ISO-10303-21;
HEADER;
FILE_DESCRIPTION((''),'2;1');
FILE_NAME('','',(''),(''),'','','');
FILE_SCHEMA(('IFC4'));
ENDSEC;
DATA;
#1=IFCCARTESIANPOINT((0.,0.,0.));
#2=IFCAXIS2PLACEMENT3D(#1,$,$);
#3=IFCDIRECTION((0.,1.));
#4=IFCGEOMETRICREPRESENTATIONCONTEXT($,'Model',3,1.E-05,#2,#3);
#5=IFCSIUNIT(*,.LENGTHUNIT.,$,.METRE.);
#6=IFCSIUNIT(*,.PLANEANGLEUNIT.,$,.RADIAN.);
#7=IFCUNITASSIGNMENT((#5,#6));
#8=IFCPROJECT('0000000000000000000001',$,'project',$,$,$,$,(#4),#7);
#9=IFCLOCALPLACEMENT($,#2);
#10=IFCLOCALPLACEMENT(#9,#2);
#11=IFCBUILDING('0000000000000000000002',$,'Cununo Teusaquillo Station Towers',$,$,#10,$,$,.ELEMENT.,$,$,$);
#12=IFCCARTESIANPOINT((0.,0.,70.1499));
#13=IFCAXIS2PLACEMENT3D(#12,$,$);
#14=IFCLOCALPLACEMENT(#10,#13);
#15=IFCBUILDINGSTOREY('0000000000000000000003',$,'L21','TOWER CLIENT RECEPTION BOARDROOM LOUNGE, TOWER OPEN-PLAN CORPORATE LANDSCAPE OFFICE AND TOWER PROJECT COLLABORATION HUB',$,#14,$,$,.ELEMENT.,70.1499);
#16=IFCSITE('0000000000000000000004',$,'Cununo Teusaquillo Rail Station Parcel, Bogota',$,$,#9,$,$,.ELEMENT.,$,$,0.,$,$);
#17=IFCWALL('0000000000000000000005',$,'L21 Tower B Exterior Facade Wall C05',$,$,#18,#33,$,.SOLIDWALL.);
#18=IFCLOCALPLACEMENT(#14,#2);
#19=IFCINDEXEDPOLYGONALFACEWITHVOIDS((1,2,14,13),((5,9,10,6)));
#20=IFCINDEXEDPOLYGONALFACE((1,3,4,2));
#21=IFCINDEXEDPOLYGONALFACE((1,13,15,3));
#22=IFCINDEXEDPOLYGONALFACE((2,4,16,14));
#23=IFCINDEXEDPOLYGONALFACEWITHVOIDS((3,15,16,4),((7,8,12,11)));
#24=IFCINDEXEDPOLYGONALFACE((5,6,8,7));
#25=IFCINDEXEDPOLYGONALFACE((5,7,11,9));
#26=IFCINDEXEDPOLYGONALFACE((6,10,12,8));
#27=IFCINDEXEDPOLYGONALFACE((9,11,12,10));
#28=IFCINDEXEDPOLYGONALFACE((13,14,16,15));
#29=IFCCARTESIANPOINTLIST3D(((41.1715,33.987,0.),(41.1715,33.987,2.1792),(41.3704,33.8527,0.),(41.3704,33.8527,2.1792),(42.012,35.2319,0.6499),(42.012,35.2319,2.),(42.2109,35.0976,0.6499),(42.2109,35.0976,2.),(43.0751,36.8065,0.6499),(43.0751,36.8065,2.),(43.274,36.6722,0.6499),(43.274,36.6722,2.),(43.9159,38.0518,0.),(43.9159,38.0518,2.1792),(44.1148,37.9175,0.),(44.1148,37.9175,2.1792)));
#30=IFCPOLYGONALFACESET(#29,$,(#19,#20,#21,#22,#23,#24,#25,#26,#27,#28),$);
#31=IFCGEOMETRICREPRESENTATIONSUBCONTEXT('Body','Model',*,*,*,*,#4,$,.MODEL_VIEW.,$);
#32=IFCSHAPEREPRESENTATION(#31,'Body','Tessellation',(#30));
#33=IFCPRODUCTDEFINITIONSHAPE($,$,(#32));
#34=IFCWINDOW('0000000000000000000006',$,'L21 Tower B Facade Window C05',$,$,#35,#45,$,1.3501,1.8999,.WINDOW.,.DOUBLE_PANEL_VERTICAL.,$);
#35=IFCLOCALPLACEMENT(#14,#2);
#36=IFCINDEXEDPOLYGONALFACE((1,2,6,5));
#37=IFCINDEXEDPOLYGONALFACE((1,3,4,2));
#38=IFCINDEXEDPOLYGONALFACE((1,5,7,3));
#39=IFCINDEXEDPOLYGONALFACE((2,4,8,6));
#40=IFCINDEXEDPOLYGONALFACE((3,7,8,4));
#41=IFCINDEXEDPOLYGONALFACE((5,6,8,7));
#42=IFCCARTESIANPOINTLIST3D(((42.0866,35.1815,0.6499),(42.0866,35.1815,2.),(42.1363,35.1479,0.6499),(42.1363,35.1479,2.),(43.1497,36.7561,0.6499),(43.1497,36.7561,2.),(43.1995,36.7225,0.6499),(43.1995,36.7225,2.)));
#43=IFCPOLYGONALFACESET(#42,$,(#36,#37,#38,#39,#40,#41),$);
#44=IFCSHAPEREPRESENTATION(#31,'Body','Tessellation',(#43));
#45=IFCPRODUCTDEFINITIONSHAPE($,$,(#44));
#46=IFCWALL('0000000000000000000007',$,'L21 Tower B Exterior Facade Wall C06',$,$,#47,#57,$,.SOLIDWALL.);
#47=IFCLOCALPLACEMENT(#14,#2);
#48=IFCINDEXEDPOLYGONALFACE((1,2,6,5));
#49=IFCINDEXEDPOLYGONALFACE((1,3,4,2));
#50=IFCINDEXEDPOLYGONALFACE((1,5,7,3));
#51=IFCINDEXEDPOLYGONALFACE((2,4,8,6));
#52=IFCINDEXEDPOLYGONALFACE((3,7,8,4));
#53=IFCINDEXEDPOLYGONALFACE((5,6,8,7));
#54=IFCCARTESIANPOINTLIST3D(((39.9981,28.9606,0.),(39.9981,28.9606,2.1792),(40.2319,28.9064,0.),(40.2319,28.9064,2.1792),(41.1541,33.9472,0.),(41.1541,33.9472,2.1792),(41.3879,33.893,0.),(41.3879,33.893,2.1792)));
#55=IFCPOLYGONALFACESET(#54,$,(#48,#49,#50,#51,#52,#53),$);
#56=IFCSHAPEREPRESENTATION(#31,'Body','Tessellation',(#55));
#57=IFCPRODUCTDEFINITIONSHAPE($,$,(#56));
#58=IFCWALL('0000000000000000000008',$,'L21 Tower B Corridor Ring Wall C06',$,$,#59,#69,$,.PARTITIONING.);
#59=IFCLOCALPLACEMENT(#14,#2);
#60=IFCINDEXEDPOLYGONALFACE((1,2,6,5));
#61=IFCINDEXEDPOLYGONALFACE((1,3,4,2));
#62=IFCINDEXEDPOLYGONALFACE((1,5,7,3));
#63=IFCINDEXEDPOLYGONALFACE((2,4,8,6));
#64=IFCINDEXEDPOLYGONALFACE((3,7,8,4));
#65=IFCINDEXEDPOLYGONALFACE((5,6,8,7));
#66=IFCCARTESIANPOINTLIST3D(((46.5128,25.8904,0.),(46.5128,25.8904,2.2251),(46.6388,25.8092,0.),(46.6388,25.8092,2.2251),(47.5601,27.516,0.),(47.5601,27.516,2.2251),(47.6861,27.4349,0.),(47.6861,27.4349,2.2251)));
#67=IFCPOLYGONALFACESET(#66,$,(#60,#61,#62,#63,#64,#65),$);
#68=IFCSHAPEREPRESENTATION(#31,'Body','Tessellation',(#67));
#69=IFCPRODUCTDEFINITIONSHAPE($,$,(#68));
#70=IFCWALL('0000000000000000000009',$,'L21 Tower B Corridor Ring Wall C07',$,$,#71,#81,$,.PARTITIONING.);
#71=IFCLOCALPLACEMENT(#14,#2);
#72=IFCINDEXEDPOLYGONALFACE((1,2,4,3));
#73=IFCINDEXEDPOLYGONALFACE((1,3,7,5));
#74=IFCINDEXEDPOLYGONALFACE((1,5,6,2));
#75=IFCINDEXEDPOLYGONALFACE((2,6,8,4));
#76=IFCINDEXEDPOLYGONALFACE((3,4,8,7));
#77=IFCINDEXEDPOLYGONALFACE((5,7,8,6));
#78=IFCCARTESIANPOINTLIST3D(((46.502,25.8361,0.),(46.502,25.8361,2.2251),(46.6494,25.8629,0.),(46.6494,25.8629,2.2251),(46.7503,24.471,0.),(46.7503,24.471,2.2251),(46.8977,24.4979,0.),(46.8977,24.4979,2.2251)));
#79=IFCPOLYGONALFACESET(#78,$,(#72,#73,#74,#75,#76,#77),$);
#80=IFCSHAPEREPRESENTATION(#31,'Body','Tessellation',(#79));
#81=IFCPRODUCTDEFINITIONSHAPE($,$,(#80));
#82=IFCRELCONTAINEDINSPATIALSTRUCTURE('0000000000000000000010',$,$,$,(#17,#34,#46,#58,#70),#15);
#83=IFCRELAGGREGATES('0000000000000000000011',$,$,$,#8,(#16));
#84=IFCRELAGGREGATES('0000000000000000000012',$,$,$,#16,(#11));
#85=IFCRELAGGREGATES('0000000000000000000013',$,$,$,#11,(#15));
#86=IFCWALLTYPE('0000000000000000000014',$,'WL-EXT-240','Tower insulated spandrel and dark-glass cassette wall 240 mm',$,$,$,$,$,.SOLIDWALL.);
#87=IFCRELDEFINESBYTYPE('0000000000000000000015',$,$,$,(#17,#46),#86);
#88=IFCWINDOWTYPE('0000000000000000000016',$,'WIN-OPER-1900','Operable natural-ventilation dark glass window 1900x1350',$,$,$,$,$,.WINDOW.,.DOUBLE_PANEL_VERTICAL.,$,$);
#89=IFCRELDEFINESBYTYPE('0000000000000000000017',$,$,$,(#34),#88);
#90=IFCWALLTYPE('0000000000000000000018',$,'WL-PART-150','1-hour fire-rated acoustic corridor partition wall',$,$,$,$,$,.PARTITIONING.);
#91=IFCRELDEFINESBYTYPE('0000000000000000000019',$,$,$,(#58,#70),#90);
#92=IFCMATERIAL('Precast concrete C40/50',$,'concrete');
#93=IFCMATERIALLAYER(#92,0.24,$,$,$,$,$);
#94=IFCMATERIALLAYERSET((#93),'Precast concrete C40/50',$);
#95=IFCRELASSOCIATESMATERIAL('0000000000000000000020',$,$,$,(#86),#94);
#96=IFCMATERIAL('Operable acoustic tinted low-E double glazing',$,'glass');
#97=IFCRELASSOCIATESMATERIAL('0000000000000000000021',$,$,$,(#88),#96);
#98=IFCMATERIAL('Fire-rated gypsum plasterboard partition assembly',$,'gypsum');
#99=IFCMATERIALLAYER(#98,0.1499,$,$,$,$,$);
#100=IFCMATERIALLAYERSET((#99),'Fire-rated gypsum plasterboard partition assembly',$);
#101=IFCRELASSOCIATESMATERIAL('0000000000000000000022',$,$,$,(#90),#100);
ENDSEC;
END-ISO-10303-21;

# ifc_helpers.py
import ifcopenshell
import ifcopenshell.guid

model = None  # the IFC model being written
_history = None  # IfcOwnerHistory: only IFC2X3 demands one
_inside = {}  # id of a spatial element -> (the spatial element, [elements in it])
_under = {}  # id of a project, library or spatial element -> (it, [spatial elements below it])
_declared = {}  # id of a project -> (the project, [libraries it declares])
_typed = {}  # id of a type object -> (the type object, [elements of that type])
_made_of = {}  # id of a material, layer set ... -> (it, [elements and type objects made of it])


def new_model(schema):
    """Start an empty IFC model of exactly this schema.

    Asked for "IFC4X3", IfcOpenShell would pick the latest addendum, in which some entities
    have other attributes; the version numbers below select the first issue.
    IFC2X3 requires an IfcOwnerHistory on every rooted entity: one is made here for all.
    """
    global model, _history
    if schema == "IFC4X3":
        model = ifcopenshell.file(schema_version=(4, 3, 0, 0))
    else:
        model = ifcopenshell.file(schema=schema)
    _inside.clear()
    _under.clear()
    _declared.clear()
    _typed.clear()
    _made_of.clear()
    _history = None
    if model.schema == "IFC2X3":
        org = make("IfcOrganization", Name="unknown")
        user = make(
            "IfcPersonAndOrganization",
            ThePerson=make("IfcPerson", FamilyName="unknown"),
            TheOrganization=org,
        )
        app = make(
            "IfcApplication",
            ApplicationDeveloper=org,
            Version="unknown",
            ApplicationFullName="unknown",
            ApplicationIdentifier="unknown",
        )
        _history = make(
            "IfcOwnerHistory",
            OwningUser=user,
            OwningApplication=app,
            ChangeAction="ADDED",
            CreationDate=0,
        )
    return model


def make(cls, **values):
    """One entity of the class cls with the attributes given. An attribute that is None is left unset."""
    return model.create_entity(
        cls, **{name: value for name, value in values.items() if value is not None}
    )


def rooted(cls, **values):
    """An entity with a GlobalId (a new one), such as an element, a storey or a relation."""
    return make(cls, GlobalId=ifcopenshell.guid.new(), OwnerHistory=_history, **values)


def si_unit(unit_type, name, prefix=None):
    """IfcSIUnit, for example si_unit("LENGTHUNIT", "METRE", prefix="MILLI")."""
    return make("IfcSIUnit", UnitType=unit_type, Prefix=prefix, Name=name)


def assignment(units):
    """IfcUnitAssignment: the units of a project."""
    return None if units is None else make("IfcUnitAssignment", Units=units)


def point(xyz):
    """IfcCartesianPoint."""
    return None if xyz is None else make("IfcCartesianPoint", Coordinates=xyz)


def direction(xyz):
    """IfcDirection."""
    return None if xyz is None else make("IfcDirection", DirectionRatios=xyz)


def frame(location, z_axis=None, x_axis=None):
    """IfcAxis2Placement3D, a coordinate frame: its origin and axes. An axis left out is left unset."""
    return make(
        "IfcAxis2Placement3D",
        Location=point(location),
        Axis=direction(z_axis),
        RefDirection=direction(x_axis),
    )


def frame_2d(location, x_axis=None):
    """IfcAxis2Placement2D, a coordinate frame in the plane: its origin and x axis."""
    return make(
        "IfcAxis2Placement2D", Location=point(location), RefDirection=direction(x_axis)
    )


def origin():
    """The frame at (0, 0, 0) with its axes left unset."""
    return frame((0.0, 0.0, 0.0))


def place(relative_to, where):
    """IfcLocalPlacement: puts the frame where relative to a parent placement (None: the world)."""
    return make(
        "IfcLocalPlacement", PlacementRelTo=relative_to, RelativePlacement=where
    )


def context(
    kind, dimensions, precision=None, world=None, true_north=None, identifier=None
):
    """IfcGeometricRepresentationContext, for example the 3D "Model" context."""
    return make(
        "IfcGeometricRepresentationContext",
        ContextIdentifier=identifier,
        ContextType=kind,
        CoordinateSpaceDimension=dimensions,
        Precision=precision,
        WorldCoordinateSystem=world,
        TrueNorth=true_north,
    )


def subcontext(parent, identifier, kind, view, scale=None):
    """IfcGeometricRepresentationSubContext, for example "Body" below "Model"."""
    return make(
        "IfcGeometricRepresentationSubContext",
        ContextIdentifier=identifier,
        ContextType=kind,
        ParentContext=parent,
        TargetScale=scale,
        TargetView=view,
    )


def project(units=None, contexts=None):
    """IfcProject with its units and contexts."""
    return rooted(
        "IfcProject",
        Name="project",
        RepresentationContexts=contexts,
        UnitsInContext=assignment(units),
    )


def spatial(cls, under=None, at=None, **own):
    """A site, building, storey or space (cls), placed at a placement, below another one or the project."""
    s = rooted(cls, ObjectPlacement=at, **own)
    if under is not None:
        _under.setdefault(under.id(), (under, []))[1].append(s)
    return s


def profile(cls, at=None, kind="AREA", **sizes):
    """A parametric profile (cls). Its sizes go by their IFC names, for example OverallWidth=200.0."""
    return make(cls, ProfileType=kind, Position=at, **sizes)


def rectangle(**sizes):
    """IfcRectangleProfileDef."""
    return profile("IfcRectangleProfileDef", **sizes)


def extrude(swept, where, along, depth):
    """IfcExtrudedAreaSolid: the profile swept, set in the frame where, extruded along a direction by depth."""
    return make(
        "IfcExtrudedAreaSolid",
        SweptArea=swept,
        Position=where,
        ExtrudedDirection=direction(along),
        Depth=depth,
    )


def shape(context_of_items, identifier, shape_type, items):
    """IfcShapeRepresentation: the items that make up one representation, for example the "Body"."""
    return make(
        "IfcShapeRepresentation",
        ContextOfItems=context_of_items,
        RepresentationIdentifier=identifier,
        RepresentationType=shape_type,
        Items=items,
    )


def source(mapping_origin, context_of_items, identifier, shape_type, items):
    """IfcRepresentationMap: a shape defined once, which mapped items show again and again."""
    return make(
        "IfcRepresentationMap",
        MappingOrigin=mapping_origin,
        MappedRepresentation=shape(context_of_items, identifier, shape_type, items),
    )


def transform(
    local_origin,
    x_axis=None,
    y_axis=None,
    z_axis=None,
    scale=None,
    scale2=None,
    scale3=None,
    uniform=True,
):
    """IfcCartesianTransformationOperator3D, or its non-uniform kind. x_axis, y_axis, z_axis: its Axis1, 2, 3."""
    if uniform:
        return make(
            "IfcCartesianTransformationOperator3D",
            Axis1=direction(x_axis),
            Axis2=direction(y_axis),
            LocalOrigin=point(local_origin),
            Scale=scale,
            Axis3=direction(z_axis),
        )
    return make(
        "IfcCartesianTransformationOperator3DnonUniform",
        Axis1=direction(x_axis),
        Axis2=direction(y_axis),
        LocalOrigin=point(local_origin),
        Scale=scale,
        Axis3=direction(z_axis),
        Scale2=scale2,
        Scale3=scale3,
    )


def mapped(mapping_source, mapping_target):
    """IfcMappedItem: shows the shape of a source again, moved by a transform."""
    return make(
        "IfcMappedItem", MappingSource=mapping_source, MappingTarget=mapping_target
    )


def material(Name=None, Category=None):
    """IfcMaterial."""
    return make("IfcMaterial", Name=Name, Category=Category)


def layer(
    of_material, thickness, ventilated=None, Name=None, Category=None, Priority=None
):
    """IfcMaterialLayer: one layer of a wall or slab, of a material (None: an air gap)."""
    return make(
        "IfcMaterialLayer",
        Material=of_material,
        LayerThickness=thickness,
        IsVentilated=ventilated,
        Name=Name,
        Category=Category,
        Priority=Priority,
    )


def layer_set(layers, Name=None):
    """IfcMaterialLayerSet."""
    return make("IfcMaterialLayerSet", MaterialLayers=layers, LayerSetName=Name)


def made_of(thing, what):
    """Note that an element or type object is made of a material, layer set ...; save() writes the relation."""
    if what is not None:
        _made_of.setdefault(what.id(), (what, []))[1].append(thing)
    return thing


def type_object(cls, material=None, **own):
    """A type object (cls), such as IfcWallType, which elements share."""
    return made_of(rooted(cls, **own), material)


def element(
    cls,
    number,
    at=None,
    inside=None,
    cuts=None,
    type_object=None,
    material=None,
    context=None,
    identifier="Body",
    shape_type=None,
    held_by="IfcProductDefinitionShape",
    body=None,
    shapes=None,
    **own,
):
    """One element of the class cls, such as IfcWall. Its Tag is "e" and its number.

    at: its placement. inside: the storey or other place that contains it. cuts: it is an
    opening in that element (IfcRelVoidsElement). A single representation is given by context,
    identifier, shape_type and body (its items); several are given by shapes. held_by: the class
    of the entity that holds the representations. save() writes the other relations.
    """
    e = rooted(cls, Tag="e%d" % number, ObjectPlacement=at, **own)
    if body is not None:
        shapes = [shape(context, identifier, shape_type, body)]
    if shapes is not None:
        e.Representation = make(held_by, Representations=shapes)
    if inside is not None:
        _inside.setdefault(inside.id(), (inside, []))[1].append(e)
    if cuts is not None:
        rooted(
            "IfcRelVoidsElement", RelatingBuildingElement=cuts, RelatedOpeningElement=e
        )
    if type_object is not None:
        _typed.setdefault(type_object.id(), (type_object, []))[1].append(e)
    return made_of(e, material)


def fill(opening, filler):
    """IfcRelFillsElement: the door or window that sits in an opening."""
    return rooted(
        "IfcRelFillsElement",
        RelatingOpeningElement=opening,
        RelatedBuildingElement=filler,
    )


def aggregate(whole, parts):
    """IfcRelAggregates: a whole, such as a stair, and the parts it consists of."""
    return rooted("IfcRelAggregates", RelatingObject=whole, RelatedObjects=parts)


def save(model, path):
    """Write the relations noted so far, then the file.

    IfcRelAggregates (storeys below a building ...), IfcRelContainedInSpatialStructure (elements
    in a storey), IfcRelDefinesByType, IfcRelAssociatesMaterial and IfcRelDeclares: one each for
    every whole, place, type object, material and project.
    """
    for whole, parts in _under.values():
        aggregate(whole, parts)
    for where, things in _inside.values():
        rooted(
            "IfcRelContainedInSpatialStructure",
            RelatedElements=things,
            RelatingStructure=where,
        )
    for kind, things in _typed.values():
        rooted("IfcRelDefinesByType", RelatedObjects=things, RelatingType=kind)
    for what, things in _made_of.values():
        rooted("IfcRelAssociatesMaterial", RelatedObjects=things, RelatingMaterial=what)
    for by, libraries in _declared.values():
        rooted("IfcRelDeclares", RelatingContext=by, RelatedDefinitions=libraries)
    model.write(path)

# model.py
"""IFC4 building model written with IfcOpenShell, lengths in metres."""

from ifc_helpers import new_model, si_unit, direction, frame, frame_2d, origin, place, context, subcontext, project, spatial, rectangle, extrude, source, transform, mapped, material, layer, layer_set, type_object, element, fill, save


model = new_model("IFC4")

# Units and contexts
model_context = context("Model", 3, precision=1e-05, world=origin(), true_north=direction((0.0, 1.0)))
body_context = subcontext(model_context, "Body", "Model", "MODEL_VIEW")
ifc_project = project(units=[si_unit("LENGTHUNIT", "METRE"), si_unit("PLANEANGLEUNIT", "RADIAN")], contexts=[model_context])

# Site, building, storey
site_placement = place(None, origin())
site = spatial("IfcSite", under=ifc_project, at=site_placement, Name="Cununo Teusaquillo Rail Station Parcel, Bogota", CompositionType="ELEMENT", RefElevation=0.0)
building_placement = place(site_placement, origin())
building = spatial("IfcBuilding", under=site, at=building_placement, Name="Cununo Teusaquillo Station Towers", CompositionType="ELEMENT")
storey_placement = place(building_placement, frame((0.0, 0.0, 70.1499)))
storey = spatial("IfcBuildingStorey", under=building, at=storey_placement, Name="L21", Description="TOWER CLIENT RECEPTION BOARDROOM LOUNGE, TOWER OPEN-PLAN CORPORATE LANDSCAPE OFFICE AND TOWER PROJECT COLLABORATION HUB", CompositionType="ELEMENT", Elevation=70.1499)

# Shared definitions
ifc_material_1 = material(Name="Precast concrete C40/50", Category="concrete")
ifc_layer_1 = layer(ifc_material_1, 0.24)
ifc_layer_set_1 = layer_set([ifc_layer_1], Name="Precast concrete C40/50")
wall_type_1 = type_object("IfcWallType", Name="WL-EXT-240", Description="Tower insulated spandrel and dark-glass cassette wall 240 mm", PredefinedType="SOLIDWALL", material=ifc_layer_set_1)

# Wall, opening, window
wall_1_placement = place(storey_placement, frame((41.271, 33.9199, 0.0), z_axis=(0.0, 0.0, 1.0), x_axis=(0.559573, 0.828781, 0.0)))
wall_1 = element("IfcWall", 1, at=wall_1_placement, inside=storey, type_object=wall_type_1, Name="L21 Tower B Exterior Facade Wall C05", PredefinedType="SOLIDWALL", context=body_context, shape_type="SweptSolid", body=[
    extrude(rectangle(XDim=4.9045, YDim=0.24, at=frame_2d((2.4521, 0.0))), origin(), (0.0, 0.0, 1.0), 2.1792),
])
shared_shape_1 = source(origin(), body_context, "Body", "SweptSolid", [
    extrude(rectangle(XDim=1.8999, YDim=1.3501, at=frame_2d((0.95, 0.675))), frame((0.0, 0.1299, 0.0), z_axis=(0.0, -1.0, 0.0), x_axis=(1.0, 0.0, 0.0)), (0.0, 0.0, 1.0), 0.26),
])
opening_1_placement = place(wall_1_placement, frame((1.502, 0.0, 0.6499)))
opening_1 = element("IfcOpeningElement", 2, at=opening_1_placement, cuts=wall_1, PredefinedType="OPENING", context=body_context, shape_type="MappedRepresentation", body=[
    mapped(shared_shape_1, transform((0.0, 0.0, 0.0), x_axis=(1.0, 0.0, 0.0), y_axis=(0.0, 1.0, 0.0), z_axis=(0.0, 0.0, 1.0), scale=1.0)),
])
ifc_material_2 = material(Name="Operable acoustic tinted low-E double glazing", Category="glass")
window_type_1 = type_object("IfcWindowType", Name="WIN-OPER-1900", Description="Operable natural-ventilation dark glass window 1900x1350", PartitioningType="DOUBLE_PANEL_VERTICAL", PredefinedType="WINDOW", material=ifc_material_2)
shared_shape_2 = source(origin(), body_context, "Body", "SweptSolid", [
    extrude(rectangle(XDim=1.8999, YDim=1.3501, at=frame_2d((0.95, 0.675))), frame((0.0, 0.03, 0.0), z_axis=(0.0, -1.0, 0.0), x_axis=(1.0, 0.0, 0.0)), (0.0, 0.0, 1.0), 0.0601),
])
window_1_placement = place(opening_1_placement, origin())
window_1 = element("IfcWindow", 3, at=window_1_placement, inside=storey, type_object=window_type_1, Name="L21 Tower B Facade Window C05", OverallHeight=1.3501, OverallWidth=1.8999, PartitioningType="DOUBLE_PANEL_VERTICAL", PredefinedType="WINDOW", context=body_context, shape_type="MappedRepresentation", body=[
    mapped(shared_shape_2, transform((0.0, 0.0, 0.0), x_axis=(1.0, 0.0, 0.0), y_axis=(0.0, 1.0, 0.0), z_axis=(0.0, 0.0, 1.0), scale=1.0)),
])
fill(opening_1, window_1)

# Walls
wall_2_placement = place(storey_placement, frame((40.115, 28.9333, 0.0), z_axis=(0.0, 0.0, 1.0), x_axis=(0.225835, 0.974166, 0.0)))
element("IfcWall", 4, at=wall_2_placement, inside=storey, type_object=wall_type_1, Name="L21 Tower B Exterior Facade Wall C06", PredefinedType="SOLIDWALL", context=body_context, shape_type="SweptSolid", body=[
    extrude(rectangle(XDim=5.1189, YDim=0.24, at=frame_2d((2.5596, 0.0))), origin(), (0.0, 0.0, 1.0), 2.1792),
])
ifc_material_3 = material(Name="Fire-rated gypsum plasterboard partition assembly", Category="gypsum")
ifc_layer_2 = layer(ifc_material_3, 0.1499)
ifc_layer_set_2 = layer_set([ifc_layer_2], Name="Fire-rated gypsum plasterboard partition assembly")
wall_type_2 = type_object("IfcWallType", Name="WL-PART-150", Description="1-hour fire-rated acoustic corridor partition wall", PredefinedType="PARTITIONING", material=ifc_layer_set_2)
wall_3_placement = place(storey_placement, frame((47.623, 27.4753, 0.0), z_axis=(0.0, 0.0, 1.0), x_axis=(-0.54158, -0.840649, 0.0)))
element("IfcWall", 5, at=wall_3_placement, inside=storey, type_object=wall_type_2, Name="L21 Tower B Corridor Ring Wall C06", PredefinedType="PARTITIONING", context=body_context, shape_type="SweptSolid", body=[
    extrude(rectangle(XDim=1.9338, YDim=0.1499, at=frame_2d((0.9668, 0.0))), origin(), (0.0, 0.0, 1.0), 2.2251),
])
wall_4_placement = place(storey_placement, frame((46.5757, 25.8496, 0.0), z_axis=(0.0, 0.0, 1.0), x_axis=(0.178963, -0.983856, 0.0)))
element("IfcWall", 6, at=wall_4_placement, inside=storey, type_object=wall_type_2, Name="L21 Tower B Corridor Ring Wall C07", PredefinedType="PARTITIONING", context=body_context, shape_type="SweptSolid", body=[
    extrude(rectangle(XDim=1.3875, YDim=0.1499, at=frame_2d((0.6938, 0.0))), origin(), (0.0, 0.0, 1.0), 2.2251),
])

save(model, "model.ifc")
